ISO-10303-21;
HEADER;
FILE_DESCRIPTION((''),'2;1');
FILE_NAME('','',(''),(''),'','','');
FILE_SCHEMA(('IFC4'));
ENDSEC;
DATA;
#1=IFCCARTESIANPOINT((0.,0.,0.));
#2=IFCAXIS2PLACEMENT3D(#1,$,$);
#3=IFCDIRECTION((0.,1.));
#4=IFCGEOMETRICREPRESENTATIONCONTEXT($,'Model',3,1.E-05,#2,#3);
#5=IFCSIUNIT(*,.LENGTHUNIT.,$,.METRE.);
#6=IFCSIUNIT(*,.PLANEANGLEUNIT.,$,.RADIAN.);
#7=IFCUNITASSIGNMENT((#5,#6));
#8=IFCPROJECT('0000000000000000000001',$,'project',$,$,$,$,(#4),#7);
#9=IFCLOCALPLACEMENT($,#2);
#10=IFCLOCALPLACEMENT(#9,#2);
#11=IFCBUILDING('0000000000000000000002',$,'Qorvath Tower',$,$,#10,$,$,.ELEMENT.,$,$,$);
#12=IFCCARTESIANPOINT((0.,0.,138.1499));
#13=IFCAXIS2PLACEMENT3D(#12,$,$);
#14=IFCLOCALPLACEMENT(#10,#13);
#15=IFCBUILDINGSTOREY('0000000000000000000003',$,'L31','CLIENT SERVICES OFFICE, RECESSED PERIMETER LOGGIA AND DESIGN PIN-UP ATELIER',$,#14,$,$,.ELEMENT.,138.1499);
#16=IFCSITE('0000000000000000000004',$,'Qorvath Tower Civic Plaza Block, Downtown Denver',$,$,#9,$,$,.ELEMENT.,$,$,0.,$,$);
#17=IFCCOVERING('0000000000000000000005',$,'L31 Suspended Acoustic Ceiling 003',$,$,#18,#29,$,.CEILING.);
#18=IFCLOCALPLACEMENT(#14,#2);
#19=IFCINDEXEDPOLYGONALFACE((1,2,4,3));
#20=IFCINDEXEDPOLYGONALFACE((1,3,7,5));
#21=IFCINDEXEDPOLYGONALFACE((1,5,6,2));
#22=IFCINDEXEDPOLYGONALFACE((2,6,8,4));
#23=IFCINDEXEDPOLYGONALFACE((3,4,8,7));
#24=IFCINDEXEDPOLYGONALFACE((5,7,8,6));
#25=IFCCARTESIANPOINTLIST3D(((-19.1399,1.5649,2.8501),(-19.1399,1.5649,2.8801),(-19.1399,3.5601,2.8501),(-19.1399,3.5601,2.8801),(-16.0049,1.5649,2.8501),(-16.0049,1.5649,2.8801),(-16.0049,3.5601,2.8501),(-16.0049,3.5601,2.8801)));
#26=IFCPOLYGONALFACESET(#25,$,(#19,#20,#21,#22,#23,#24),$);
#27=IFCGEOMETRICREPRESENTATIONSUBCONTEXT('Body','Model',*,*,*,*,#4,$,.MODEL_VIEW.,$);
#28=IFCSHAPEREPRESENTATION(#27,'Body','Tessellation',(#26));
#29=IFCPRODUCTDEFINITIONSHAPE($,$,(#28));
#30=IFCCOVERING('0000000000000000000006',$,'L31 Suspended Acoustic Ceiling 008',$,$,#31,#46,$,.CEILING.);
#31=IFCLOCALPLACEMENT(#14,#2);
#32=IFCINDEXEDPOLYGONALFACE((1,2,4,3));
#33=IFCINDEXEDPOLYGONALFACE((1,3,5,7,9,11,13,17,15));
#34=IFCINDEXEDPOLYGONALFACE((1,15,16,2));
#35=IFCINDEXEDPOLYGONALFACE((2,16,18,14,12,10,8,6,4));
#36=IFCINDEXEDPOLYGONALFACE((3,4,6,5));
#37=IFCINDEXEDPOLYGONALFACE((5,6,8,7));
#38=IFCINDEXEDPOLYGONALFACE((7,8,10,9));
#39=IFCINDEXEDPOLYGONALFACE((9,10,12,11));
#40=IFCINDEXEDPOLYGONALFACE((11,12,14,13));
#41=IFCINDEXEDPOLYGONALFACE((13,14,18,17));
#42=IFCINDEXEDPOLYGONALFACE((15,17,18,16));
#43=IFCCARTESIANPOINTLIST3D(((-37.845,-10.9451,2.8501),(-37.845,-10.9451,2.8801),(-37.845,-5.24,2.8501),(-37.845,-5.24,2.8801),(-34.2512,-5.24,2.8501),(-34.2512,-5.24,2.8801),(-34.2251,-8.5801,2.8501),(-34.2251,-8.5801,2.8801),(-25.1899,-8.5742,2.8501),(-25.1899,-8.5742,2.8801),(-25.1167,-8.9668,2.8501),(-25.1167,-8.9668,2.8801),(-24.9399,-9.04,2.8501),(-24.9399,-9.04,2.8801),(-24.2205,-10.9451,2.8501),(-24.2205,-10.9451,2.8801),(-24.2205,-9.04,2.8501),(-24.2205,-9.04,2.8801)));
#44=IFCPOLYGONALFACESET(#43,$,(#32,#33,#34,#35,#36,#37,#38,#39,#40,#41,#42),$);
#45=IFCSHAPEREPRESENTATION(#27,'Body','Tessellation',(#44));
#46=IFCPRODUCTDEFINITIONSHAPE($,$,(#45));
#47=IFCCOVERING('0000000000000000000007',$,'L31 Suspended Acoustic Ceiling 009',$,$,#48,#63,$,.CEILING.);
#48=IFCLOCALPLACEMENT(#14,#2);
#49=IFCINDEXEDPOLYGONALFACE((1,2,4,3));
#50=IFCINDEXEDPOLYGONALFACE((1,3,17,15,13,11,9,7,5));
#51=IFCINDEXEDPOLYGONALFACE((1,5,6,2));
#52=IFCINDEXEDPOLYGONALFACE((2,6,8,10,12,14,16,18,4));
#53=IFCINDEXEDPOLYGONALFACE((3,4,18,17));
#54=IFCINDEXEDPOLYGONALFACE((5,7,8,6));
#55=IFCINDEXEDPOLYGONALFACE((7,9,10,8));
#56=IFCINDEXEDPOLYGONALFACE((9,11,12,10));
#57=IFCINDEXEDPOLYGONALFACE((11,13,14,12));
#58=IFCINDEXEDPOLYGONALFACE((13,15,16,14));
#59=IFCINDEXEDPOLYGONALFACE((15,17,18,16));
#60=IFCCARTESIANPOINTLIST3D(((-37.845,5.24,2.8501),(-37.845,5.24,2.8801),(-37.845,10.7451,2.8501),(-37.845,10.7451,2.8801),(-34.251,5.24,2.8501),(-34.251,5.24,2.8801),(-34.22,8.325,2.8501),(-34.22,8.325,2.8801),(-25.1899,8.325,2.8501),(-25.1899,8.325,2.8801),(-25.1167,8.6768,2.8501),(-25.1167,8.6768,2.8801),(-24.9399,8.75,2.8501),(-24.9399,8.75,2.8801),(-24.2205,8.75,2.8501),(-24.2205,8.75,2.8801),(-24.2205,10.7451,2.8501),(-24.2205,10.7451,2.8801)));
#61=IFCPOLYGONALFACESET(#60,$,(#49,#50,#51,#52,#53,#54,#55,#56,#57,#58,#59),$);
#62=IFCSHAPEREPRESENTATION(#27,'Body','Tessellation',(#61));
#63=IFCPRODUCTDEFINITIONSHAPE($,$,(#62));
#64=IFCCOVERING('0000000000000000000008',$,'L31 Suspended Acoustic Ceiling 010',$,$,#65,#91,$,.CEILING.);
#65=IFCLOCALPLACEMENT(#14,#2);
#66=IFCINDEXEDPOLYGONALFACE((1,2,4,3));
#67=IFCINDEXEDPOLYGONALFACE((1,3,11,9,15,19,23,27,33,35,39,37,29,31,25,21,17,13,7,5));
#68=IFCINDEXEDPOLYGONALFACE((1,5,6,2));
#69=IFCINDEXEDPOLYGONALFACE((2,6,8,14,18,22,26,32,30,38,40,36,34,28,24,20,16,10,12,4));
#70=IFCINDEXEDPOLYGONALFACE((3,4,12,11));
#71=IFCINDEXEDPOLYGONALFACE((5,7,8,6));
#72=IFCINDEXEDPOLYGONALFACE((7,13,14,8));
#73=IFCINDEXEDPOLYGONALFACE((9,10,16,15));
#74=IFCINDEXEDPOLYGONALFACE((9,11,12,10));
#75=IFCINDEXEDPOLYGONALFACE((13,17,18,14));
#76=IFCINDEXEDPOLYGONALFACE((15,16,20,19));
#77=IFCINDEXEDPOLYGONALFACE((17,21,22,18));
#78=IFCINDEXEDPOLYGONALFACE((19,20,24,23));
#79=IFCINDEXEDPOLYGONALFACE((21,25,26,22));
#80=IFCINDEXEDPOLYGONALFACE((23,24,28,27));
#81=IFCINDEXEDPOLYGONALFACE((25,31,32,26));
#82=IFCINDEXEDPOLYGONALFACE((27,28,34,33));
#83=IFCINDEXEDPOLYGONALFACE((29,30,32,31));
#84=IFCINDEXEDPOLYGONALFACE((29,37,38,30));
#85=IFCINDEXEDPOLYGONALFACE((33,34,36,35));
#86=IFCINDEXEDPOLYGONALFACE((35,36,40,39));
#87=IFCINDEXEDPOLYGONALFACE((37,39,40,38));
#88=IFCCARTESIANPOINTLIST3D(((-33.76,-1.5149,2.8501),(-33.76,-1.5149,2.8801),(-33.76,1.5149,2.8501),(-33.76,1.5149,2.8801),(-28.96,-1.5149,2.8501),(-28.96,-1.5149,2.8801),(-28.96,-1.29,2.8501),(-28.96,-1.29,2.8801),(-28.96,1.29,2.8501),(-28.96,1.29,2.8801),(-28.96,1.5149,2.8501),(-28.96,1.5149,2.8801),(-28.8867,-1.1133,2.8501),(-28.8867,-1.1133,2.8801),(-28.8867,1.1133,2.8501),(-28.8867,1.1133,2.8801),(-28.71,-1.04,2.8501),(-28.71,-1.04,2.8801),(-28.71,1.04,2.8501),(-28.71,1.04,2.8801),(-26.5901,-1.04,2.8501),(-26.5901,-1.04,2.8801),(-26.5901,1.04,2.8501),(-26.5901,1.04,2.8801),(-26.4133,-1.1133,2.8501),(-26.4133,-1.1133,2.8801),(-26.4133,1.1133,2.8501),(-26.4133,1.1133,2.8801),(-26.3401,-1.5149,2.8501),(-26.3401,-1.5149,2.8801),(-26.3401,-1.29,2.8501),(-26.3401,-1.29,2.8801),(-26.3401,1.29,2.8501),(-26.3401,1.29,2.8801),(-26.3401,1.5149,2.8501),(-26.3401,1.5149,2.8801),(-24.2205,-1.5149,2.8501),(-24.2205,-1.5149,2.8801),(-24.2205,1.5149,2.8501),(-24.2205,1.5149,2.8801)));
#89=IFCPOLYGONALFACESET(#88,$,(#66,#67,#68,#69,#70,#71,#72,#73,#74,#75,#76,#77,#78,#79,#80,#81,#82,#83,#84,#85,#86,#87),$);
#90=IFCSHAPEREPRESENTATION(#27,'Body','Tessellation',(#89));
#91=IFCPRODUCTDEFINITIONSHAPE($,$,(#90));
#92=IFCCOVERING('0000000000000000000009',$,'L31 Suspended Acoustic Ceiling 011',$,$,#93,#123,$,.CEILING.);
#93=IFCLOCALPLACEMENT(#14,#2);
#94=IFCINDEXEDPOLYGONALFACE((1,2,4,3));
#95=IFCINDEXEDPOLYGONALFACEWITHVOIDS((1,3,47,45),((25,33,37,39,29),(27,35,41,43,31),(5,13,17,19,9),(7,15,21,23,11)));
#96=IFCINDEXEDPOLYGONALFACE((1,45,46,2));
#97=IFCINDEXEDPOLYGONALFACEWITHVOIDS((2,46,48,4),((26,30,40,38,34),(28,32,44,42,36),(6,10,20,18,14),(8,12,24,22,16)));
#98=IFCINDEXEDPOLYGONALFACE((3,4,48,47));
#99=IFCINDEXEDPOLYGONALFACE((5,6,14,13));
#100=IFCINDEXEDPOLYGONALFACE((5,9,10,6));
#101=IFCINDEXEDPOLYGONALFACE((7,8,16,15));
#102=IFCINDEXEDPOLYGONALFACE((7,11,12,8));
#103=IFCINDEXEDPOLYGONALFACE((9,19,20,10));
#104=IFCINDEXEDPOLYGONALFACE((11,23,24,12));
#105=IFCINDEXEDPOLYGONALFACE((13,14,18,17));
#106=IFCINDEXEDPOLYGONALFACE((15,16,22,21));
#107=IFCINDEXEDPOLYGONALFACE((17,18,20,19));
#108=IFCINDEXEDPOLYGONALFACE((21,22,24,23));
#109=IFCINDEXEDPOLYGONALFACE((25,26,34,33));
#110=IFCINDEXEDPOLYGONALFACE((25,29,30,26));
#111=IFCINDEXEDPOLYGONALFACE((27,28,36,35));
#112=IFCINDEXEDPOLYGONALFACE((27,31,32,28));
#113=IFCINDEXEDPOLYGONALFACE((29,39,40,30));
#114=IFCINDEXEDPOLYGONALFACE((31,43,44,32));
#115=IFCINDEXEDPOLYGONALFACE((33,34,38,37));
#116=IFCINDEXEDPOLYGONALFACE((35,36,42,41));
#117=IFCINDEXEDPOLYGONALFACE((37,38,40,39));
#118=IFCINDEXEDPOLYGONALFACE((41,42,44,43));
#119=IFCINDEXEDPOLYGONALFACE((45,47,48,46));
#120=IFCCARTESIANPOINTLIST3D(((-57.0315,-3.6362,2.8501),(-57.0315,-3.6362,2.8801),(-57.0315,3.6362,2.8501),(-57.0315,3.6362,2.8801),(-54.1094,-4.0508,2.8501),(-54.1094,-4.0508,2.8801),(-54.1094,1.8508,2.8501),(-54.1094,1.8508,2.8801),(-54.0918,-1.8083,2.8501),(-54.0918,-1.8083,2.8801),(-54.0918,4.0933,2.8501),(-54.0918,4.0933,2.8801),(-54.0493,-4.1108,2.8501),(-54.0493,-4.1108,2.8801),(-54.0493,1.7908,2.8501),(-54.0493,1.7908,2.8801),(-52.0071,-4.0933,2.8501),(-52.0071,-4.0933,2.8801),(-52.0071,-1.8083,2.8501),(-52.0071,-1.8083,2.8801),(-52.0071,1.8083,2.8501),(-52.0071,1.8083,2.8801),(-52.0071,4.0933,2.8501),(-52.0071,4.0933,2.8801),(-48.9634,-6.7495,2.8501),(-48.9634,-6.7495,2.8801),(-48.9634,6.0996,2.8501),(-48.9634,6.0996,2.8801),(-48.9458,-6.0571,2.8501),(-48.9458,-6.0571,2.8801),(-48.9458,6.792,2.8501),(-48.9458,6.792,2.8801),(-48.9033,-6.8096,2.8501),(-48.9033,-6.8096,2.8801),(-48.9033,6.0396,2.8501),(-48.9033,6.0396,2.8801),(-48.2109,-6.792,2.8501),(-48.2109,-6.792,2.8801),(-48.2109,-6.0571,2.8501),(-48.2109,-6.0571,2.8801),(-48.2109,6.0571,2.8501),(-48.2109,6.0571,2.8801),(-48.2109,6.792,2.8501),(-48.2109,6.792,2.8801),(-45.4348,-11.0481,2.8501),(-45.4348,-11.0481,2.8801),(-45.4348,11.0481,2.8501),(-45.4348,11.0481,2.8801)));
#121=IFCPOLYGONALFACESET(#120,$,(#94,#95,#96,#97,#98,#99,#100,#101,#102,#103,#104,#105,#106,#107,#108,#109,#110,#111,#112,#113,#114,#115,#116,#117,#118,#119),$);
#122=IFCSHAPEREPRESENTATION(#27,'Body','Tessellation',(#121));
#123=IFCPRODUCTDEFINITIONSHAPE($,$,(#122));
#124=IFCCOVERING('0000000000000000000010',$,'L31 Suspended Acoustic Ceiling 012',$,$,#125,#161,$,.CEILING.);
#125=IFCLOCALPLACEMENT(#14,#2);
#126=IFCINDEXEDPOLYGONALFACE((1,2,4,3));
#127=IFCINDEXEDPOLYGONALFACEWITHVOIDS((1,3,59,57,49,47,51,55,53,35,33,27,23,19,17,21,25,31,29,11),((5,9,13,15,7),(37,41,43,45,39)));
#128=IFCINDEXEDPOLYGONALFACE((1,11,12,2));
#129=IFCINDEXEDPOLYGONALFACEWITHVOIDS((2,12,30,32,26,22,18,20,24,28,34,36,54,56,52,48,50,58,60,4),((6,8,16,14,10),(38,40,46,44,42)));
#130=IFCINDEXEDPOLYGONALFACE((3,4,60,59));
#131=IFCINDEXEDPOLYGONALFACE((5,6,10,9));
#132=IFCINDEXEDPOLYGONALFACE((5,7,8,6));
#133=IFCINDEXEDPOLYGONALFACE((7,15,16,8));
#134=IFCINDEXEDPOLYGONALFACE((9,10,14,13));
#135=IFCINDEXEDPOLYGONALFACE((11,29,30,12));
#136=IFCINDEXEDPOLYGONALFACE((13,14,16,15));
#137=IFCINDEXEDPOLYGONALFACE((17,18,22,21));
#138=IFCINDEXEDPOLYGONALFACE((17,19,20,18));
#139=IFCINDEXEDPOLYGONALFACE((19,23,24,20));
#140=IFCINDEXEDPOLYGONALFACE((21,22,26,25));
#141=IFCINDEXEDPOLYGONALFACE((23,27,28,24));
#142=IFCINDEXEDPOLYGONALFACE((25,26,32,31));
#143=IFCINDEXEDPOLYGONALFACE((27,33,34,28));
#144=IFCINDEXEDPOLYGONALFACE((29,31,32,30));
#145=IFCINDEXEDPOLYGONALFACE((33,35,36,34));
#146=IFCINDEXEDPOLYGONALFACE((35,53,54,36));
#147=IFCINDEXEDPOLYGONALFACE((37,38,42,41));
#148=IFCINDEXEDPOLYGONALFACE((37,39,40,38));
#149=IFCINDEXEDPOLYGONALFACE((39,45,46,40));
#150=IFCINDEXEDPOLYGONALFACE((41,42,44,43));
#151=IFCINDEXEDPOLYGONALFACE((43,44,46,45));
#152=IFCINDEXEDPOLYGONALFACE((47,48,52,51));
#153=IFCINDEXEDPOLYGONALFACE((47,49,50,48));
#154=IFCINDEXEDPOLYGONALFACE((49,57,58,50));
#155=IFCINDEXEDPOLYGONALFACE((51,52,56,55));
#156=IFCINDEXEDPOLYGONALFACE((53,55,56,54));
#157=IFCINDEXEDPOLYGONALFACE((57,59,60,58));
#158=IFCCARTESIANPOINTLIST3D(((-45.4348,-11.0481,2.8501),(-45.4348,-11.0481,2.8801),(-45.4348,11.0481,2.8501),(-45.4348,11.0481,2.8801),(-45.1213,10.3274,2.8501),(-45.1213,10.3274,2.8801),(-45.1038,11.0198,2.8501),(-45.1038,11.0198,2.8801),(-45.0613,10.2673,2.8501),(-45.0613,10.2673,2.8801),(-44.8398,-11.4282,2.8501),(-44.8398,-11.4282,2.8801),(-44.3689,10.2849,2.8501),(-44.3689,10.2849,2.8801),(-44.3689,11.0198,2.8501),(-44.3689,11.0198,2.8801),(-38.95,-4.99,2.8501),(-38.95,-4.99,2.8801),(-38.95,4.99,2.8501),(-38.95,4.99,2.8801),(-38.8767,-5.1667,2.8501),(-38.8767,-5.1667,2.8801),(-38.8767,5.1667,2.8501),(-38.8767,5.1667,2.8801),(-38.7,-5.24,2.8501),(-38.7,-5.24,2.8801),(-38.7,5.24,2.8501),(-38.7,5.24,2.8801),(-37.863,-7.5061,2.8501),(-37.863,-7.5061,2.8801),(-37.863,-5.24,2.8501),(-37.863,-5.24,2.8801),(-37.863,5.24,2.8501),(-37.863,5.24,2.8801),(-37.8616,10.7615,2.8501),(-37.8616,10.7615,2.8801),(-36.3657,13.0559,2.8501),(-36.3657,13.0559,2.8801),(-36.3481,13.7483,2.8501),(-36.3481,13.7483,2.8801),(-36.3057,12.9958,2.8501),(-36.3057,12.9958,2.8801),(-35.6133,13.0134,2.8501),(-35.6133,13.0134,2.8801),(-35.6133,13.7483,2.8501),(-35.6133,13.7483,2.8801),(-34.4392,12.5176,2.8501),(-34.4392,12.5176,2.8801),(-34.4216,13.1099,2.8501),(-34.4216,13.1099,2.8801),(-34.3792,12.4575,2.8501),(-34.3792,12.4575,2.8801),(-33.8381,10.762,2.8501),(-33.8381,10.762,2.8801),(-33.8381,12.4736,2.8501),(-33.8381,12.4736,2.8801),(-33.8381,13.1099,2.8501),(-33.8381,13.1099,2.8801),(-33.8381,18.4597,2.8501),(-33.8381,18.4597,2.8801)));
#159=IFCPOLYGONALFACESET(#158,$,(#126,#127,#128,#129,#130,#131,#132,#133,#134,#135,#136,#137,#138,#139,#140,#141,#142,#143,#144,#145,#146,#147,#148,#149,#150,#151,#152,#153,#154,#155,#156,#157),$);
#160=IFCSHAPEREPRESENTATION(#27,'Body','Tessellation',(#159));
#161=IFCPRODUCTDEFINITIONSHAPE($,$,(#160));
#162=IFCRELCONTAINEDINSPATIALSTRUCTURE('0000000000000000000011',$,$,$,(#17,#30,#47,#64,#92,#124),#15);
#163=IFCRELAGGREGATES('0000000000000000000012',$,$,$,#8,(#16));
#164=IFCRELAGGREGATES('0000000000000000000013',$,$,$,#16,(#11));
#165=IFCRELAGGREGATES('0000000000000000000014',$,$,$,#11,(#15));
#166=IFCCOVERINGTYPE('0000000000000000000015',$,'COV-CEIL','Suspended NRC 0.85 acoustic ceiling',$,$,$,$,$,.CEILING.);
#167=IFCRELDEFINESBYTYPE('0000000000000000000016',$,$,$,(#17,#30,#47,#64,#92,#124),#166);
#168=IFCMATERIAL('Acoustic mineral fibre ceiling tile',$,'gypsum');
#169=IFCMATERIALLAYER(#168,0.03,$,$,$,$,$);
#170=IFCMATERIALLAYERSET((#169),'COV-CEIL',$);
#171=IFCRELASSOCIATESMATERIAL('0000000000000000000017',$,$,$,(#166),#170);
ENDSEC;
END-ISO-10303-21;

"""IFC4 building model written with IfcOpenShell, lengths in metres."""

from ifc_helpers import new_model, si_unit, direction, frame, origin, place, context, subcontext, project, spatial, polyline, outline, extrude, material, layer, layer_set, type_object, element, save


model = new_model("IFC4")

# Units and contexts
model_context = context("Model", 3, precision=1e-05, world=origin(), true_north=direction((0.0, 1.0)))
body_context = subcontext(model_context, "Body", "Model", "MODEL_VIEW")
ifc_project = project(units=[si_unit("LENGTHUNIT", "METRE"), si_unit("PLANEANGLEUNIT", "RADIAN")], contexts=[model_context])

# Site, building, storey
site_placement = place(None, origin())
site = spatial("IfcSite", under=ifc_project, at=site_placement, Name="Qorvath Tower Civic Plaza Block, Downtown Denver", CompositionType="ELEMENT", RefElevation=0.0)
building_placement = place(site_placement, origin())
building = spatial("IfcBuilding", under=site, at=building_placement, Name="Qorvath Tower", CompositionType="ELEMENT")
storey_placement = place(building_placement, frame((0.0, 0.0, 138.1499)))
storey = spatial("IfcBuildingStorey", under=building, at=storey_placement, Name="L31", Description="CLIENT SERVICES OFFICE, RECESSED PERIMETER LOGGIA AND DESIGN PIN-UP ATELIER", CompositionType="ELEMENT", Elevation=138.1499)

# Coverings
ifc_material_1 = material(Name="Acoustic mineral fibre ceiling tile", Category="gypsum")
ifc_layer_1 = layer(ifc_material_1, 0.03)
ifc_layer_set_1 = layer_set([ifc_layer_1], Name="COV-CEIL")
covering_type_1 = type_object("IfcCoveringType", Name="COV-CEIL", Description="Suspended NRC 0.85 acoustic ceiling", PredefinedType="CEILING", material=ifc_layer_set_1)
covering_1_placement = place(storey_placement, frame((0.0, 0.0, 2.8501)))
element("IfcCovering", 1, at=covering_1_placement, inside=storey, type_object=covering_type_1, Name="L31 Suspended Acoustic Ceiling 003", PredefinedType="CEILING", context=body_context, shape_type="SweptSolid", body=[
    extrude(outline(polyline([(-16.0049, 3.5601), (-19.1399, 3.5601), (-19.1399, 1.5649), (-16.0049, 1.5649), (-16.0049, 3.5601)])), origin(), (0.0, 0.0, 1.0), 0.03),
])
covering_2_placement = place(storey_placement, frame((0.0, 0.0, 2.8501)))
element("IfcCovering", 2, at=covering_2_placement, inside=storey, type_object=covering_type_1, Name="L31 Suspended Acoustic Ceiling 008", PredefinedType="CEILING", context=body_context, shape_type="SweptSolid", body=[
    extrude(outline(polyline([(-34.2251, -8.5801), (-34.2512, -5.24), (-37.845, -5.24), (-37.845, -10.9451), (-24.2205, -10.9451), (-24.2205, -9.04), (-24.9399, -9.04), (-25.1167, -8.9668), (-25.1899, -8.5742), (-34.2251, -8.5801)])), origin(), (0.0, 0.0, 1.0), 0.03),
])
covering_3_placement = place(storey_placement, frame((0.0, 0.0, 2.8501)))
element("IfcCovering", 3, at=covering_3_placement, inside=storey, type_object=covering_type_1, Name="L31 Suspended Acoustic Ceiling 009", PredefinedType="CEILING", context=body_context, shape_type="SweptSolid", body=[
    extrude(outline(polyline([(-24.2205, 8.75), (-24.2205, 10.7451), (-37.845, 10.7451), (-37.845, 5.24), (-34.251, 5.24), (-34.22, 8.325), (-25.1899, 8.325), (-25.1167, 8.6768), (-24.9399, 8.75), (-24.2205, 8.75)])), origin(), (0.0, 0.0, 1.0), 0.03),
])
covering_4_placement = place(storey_placement, frame((0.0, 0.0, 2.8501)))
element("IfcCovering", 4, at=covering_4_placement, inside=storey, type_object=covering_type_1, Name="L31 Suspended Acoustic Ceiling 010", PredefinedType="CEILING", context=body_context, shape_type="SweptSolid", body=[
    extrude(outline(polyline([(-24.2205, -1.5149), (-24.2205, 1.5149), (-26.3401, 1.5149), (-26.3401, 1.29), (-26.4133, 1.1133), (-26.5901, 1.04), (-28.71, 1.04), (-28.8867, 1.1133), (-28.96, 1.29), (-28.96, 1.5149), (-33.76, 1.5149), (-33.76, -1.5149), (-28.96, -1.5149), (-28.96, -1.29), (-28.8867, -1.1133), (-28.71, -1.04), (-26.5901, -1.04), (-26.4133, -1.1133), (-26.3401, -1.29), (-26.3401, -1.5149), (-24.2205, -1.5149)])), origin(), (0.0, 0.0, 1.0), 0.03),
])
covering_5_placement = place(storey_placement, frame((0.0, 0.0, 2.8501)))
element("IfcCovering", 5, at=covering_5_placement, inside=storey, type_object=covering_type_1, Name="L31 Suspended Acoustic Ceiling 011", PredefinedType="CEILING", context=body_context, shape_type="SweptSolid", body=[
    extrude(outline(polyline([(-57.0315, 3.6362), (-57.0315, -3.6362), (-45.4348, -11.0481), (-45.4348, 11.0481), (-57.0315, 3.6362)]), holes=[polyline([(-48.9634, -6.7495), (-48.9458, -6.0571), (-48.2109, -6.0571), (-48.2109, -6.792), (-48.9033, -6.8096), (-48.9634, -6.7495)]), polyline([(-48.9634, 6.0996), (-48.9458, 6.792), (-48.2109, 6.792), (-48.2109, 6.0571), (-48.9033, 6.0396), (-48.9634, 6.0996)]), polyline([(-54.1094, -4.0508), (-54.0918, -1.8083), (-52.0071, -1.8083), (-52.0071, -4.0933), (-54.0493, -4.1108), (-54.1094, -4.0508)]), polyline([(-54.1094, 1.8508), (-54.0918, 4.0933), (-52.0071, 4.0933), (-52.0071, 1.8083), (-54.0493, 1.7908), (-54.1094, 1.8508)])]), origin(), (0.0, 0.0, 1.0), 0.03),
])
covering_6_placement = place(storey_placement, frame((0.0, 0.0, 2.8501)))
element("IfcCovering", 6, at=covering_6_placement, inside=storey, type_object=covering_type_1, Name="L31 Suspended Acoustic Ceiling 012", PredefinedType="CEILING", context=body_context, shape_type="SweptSolid", body=[
    extrude(outline(polyline([(-45.4348, 11.0481), (-45.4348, -11.0481), (-44.8398, -11.4282), (-37.863, -7.5061), (-37.863, -5.24), (-38.7, -5.24), (-38.8767, -5.1667), (-38.95, -4.99), (-38.95, 4.99), (-38.8767, 5.1667), (-38.7, 5.24), (-37.863, 5.24), (-37.8616, 10.7615), (-33.8381, 10.762), (-33.8381, 12.4736), (-34.3792, 12.4575), (-34.4392, 12.5176), (-34.4216, 13.1099), (-33.8381, 13.1099), (-33.8381, 18.4597), (-45.4348, 11.0481)]), holes=[polyline([(-36.3657, 13.0559), (-36.3481, 13.7483), (-35.6133, 13.7483), (-35.6133, 13.0134), (-36.3057, 12.9958), (-36.3657, 13.0559)]), polyline([(-45.1213, 10.3274), (-45.1038, 11.0198), (-44.3689, 11.0198), (-44.3689, 10.2849), (-45.0613, 10.2673), (-45.1213, 10.3274)])]), origin(), (0.0, 0.0, 1.0), 0.03),
])

save(model, "model.ifc")
